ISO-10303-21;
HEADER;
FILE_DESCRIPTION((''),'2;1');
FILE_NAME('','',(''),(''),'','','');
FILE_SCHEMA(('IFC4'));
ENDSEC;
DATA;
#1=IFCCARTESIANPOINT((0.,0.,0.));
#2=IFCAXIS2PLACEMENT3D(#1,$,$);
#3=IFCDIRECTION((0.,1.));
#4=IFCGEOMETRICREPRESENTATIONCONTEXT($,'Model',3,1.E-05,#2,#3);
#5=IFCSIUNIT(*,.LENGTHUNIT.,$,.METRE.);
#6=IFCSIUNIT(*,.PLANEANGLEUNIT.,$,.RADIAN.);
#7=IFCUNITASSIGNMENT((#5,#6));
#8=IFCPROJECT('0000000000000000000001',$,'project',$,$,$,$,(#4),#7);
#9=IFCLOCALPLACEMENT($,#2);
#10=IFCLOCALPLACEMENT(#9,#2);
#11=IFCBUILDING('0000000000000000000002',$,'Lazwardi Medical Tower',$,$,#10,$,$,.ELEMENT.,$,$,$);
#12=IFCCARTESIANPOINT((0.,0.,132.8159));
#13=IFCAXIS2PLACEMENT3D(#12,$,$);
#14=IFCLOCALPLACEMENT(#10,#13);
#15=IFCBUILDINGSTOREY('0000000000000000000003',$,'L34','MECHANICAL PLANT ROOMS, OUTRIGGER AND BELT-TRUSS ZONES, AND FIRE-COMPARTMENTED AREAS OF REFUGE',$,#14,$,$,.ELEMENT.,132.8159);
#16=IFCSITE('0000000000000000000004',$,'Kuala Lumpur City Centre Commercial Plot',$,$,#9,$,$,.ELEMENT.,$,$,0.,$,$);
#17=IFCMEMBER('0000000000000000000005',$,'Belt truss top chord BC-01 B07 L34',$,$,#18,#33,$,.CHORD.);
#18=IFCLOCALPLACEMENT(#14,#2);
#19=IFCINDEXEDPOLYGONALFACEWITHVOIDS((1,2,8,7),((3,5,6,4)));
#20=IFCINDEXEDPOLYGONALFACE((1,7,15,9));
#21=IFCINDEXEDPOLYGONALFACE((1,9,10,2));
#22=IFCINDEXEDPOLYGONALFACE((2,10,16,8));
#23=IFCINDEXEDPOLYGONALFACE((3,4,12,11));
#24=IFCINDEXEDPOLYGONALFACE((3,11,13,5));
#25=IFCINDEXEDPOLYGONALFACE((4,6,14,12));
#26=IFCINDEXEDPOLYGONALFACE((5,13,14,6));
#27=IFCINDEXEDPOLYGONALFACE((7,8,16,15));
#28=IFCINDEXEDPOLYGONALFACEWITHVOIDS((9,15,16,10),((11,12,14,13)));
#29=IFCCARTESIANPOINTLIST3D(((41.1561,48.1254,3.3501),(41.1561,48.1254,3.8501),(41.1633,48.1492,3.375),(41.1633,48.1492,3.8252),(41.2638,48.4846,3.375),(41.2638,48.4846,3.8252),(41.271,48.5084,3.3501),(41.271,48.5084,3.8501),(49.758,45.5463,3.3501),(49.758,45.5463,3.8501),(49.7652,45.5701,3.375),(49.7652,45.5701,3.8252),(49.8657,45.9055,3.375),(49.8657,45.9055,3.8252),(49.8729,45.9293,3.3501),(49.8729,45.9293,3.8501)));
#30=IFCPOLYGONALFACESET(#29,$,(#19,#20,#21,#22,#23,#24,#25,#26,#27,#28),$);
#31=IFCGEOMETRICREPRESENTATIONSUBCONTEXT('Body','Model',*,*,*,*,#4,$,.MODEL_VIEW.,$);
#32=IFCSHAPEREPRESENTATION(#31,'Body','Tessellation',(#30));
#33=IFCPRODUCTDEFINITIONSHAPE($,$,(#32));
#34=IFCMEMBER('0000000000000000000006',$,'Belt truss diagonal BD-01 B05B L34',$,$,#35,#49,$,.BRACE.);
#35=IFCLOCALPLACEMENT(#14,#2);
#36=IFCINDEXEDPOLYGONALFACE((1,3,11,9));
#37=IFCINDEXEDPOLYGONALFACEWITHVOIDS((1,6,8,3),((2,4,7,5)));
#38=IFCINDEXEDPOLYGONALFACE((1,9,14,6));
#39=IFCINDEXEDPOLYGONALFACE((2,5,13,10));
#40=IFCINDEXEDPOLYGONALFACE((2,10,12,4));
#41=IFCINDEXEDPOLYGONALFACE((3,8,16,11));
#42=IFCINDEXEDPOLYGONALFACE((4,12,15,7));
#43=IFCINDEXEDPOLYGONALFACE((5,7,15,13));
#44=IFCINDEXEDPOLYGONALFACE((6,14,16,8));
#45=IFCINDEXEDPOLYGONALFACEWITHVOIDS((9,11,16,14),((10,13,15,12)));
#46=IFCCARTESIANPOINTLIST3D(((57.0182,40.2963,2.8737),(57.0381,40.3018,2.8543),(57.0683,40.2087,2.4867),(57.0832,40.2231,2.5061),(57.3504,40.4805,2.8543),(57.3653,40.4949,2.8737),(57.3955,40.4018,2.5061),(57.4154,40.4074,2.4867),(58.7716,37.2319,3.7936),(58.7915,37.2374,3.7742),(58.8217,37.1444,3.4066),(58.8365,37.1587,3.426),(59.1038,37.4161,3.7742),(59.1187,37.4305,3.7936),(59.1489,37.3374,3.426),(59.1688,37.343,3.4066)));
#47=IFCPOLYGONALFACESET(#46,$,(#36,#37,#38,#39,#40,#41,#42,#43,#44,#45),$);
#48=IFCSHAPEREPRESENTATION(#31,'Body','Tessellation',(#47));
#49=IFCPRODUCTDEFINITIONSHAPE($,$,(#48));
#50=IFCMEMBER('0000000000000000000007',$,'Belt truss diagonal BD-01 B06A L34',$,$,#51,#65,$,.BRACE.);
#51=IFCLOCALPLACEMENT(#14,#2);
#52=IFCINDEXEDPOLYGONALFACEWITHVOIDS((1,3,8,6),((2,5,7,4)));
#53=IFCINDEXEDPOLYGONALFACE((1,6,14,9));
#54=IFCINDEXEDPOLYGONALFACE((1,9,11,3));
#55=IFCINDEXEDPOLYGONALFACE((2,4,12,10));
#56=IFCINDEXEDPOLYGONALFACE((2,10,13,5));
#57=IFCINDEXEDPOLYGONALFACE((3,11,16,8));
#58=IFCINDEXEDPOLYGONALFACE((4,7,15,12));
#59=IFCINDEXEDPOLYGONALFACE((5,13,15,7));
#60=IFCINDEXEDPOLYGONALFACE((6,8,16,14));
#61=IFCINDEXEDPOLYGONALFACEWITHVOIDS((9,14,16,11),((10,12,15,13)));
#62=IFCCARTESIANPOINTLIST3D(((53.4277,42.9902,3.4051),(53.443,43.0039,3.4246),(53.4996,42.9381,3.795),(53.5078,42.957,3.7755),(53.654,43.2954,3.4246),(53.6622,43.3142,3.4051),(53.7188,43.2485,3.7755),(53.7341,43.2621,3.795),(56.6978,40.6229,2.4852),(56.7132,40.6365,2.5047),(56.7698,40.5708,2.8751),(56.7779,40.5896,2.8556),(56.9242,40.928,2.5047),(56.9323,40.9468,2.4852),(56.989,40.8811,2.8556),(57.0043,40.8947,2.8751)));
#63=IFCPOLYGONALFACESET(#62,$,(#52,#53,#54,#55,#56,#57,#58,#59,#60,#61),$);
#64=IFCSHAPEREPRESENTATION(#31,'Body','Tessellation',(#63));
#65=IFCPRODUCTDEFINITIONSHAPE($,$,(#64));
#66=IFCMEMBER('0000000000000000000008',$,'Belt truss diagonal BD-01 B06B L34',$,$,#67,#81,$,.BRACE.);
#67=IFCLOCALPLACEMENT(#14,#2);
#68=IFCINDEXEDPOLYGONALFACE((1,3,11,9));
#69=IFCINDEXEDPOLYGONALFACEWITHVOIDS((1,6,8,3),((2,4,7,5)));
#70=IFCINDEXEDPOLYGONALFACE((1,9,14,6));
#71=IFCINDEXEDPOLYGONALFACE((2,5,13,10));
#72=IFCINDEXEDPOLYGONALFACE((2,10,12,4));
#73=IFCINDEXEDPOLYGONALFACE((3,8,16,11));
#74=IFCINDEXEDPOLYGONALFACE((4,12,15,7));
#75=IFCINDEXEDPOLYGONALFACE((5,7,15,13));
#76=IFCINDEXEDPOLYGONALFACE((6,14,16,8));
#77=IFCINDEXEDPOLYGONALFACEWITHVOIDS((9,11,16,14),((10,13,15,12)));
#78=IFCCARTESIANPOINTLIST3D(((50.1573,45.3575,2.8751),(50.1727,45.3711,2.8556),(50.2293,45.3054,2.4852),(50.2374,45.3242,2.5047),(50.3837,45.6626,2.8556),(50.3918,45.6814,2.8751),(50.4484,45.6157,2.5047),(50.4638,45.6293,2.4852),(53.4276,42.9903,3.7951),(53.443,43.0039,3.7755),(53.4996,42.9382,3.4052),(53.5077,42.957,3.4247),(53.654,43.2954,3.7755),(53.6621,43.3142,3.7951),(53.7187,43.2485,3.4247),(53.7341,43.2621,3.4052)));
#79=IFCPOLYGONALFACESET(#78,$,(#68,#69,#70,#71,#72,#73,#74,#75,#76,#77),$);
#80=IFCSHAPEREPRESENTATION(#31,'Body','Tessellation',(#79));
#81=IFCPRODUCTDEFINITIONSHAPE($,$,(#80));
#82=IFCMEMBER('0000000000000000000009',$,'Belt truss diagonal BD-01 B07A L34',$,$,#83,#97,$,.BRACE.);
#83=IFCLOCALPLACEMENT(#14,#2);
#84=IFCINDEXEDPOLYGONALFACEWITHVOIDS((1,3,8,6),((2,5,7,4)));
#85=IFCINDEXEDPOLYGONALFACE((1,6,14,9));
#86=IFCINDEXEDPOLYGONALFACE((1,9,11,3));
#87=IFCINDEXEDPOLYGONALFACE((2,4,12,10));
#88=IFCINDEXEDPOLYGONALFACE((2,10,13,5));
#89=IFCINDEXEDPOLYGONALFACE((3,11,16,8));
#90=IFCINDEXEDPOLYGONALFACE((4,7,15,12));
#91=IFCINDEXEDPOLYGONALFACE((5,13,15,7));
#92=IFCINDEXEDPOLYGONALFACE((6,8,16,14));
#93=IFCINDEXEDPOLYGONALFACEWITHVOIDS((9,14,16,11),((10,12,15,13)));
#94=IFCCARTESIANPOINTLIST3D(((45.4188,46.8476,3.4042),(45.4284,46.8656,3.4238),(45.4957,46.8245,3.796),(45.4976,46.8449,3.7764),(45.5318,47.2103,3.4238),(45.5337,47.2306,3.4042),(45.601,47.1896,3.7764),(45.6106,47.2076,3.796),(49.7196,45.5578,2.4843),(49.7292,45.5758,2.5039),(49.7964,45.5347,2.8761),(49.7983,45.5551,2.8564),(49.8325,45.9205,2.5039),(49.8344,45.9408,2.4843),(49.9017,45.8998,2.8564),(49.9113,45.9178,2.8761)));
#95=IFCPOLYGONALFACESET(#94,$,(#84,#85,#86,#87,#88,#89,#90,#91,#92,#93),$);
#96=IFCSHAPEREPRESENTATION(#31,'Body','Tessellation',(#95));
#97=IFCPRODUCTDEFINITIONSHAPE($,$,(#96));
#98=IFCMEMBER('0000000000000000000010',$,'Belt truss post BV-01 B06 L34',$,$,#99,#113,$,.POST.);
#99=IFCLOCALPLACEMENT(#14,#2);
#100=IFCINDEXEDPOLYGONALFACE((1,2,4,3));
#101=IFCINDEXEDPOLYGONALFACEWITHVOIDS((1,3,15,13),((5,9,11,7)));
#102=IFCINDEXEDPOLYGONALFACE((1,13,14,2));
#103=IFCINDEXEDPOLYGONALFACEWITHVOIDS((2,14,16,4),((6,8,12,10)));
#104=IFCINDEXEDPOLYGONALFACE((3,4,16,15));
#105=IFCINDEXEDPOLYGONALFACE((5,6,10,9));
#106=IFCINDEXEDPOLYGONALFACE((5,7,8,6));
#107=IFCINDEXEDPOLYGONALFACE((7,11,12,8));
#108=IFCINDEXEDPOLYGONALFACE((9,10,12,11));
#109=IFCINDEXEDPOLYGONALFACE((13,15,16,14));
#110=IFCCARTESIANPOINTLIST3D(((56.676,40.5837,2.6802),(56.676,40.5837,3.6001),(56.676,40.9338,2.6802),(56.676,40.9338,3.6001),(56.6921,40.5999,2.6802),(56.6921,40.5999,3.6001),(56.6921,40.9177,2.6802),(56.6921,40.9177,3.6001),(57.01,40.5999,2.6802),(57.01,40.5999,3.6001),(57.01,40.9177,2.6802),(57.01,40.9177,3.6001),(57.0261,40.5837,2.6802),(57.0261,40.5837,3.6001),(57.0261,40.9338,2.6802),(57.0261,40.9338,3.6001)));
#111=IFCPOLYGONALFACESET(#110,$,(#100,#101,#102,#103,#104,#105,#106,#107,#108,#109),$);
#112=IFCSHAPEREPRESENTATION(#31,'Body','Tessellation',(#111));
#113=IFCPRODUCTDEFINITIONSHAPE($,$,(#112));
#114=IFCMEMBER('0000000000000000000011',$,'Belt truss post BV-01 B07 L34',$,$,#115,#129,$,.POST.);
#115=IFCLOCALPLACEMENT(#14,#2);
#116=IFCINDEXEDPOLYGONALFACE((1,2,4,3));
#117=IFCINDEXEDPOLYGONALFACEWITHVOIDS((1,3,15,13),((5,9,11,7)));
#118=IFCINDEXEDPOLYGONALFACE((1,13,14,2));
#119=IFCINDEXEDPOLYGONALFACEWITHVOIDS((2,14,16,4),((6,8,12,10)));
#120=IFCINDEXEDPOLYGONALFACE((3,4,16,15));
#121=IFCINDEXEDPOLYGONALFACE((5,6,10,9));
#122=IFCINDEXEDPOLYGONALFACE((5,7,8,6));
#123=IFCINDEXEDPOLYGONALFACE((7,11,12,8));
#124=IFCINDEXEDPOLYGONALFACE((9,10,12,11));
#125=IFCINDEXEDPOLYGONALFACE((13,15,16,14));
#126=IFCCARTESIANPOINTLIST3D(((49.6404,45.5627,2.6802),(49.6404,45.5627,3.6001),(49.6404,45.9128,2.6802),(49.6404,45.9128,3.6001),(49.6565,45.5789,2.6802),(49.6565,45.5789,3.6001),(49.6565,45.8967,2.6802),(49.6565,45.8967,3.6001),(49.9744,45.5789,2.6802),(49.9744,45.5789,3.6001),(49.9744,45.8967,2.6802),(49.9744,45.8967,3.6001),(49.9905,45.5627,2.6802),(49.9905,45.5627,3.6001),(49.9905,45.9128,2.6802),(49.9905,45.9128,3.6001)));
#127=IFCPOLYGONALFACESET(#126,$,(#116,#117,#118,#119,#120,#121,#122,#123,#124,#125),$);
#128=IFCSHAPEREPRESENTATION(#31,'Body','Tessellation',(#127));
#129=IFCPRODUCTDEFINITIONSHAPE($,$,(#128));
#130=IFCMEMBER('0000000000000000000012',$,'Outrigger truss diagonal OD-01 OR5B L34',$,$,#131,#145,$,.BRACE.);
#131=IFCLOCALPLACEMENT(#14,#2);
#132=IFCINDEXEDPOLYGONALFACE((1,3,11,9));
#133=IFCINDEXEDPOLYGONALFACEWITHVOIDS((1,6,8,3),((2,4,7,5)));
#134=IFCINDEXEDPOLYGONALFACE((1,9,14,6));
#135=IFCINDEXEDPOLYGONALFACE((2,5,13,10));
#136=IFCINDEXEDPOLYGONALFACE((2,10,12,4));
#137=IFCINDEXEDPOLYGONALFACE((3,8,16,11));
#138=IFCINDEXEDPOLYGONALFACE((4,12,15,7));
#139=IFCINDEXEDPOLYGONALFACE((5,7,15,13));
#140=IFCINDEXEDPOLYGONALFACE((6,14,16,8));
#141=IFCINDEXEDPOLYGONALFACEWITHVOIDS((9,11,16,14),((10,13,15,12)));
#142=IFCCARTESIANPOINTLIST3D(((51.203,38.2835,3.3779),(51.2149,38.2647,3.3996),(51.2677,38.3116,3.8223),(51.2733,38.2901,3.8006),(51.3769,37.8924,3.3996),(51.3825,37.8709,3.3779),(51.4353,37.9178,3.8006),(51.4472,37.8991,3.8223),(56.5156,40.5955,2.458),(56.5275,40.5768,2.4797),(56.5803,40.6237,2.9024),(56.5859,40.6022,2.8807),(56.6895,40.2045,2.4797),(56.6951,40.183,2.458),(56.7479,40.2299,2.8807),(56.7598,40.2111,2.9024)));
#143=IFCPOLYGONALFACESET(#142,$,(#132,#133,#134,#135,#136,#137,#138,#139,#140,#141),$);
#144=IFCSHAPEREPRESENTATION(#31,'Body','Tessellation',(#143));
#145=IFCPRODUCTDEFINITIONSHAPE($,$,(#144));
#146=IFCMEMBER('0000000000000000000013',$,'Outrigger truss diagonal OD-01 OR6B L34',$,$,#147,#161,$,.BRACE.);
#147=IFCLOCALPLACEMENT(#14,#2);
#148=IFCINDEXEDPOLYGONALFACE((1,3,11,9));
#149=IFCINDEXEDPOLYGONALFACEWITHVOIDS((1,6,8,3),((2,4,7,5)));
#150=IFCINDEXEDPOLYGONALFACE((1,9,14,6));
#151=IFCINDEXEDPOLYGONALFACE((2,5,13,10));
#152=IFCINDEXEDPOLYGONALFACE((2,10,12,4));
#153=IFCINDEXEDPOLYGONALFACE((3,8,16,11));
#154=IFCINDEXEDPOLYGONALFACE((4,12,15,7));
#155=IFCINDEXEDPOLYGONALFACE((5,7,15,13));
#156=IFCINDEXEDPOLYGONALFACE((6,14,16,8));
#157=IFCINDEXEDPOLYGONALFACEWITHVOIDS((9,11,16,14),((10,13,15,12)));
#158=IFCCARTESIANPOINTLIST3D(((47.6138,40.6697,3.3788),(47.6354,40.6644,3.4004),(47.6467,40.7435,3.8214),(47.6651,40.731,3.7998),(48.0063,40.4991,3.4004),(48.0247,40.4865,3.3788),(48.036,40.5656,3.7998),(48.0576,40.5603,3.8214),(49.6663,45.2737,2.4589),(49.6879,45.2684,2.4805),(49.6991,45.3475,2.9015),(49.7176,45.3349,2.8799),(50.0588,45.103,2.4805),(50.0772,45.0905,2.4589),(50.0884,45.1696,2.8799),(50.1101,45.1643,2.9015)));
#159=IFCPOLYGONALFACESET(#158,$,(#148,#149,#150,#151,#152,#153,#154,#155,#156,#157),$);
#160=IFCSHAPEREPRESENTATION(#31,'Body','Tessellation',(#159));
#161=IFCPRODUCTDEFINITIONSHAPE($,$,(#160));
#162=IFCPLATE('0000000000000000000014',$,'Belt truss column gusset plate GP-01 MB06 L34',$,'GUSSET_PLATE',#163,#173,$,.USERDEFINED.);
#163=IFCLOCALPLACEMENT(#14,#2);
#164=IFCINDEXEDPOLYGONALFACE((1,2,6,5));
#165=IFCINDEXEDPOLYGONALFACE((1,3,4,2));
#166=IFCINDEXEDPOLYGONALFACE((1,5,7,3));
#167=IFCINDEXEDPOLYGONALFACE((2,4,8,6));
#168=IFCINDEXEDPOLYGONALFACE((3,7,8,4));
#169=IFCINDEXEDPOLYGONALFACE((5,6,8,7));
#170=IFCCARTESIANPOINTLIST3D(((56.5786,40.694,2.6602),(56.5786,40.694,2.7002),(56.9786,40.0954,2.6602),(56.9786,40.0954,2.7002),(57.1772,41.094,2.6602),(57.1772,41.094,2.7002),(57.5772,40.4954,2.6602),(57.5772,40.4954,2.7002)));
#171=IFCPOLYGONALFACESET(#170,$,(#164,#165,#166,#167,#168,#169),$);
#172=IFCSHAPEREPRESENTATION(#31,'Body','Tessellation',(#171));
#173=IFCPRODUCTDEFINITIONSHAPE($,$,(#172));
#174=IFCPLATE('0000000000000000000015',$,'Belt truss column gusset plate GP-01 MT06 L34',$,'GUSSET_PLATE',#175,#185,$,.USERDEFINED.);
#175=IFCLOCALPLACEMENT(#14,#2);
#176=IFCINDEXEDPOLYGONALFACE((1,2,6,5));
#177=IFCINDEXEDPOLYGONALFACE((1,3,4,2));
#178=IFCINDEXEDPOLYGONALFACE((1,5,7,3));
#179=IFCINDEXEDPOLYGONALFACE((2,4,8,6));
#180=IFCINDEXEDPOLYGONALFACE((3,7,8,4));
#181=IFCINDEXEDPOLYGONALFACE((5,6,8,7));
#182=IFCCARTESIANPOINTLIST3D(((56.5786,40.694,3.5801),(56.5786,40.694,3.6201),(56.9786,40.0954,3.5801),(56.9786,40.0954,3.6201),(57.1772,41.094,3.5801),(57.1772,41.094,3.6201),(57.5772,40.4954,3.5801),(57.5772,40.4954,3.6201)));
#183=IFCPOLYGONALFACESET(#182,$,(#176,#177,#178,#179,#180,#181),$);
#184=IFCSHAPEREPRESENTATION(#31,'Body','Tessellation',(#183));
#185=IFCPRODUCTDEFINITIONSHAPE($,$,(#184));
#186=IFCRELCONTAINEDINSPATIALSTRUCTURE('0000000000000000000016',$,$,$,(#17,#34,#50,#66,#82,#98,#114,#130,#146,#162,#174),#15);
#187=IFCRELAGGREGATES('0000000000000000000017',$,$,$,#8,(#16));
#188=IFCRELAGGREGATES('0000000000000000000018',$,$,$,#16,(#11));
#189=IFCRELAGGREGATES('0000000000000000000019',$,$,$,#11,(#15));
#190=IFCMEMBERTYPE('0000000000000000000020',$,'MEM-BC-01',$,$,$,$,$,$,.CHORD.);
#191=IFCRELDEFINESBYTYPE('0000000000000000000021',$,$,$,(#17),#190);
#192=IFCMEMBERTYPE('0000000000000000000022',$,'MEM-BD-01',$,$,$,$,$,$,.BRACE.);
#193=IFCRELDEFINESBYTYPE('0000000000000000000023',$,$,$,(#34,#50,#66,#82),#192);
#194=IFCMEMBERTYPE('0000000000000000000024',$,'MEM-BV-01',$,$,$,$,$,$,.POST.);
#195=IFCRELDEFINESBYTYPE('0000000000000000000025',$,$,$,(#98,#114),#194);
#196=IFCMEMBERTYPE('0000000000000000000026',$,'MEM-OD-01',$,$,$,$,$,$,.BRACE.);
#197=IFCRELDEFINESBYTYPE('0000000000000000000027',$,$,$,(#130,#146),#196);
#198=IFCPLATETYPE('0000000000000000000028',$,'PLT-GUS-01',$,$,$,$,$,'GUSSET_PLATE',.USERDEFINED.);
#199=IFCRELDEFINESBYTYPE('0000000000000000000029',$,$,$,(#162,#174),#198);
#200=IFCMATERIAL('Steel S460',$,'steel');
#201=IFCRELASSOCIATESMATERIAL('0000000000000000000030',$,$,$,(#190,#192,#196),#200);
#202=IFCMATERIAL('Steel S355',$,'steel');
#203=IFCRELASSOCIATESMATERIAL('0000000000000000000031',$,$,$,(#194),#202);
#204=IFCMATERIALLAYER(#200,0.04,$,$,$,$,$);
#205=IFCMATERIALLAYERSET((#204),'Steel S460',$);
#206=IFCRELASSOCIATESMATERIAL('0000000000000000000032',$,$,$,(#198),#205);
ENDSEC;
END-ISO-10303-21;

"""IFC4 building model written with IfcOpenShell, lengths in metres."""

from ifc_helpers import new_model, si_unit, direction, frame, origin, origin_2d, place, context, subcontext, project, spatial, rectangle, hollow_rectangle, extrude, material, layer, layer_set, material_profile, profile_set, type_object, element, save


model = new_model("IFC4")

# Units and contexts
model_context = context("Model", 3, precision=1e-05, world=origin(), true_north=direction((0.0, 1.0)))
body_context = subcontext(model_context, "Body", "Model", "MODEL_VIEW")
ifc_project = project(units=[si_unit("LENGTHUNIT", "METRE"), si_unit("PLANEANGLEUNIT", "RADIAN")], contexts=[model_context])

# Site, building, storey
site_placement = place(None, origin())
site = spatial("IfcSite", under=ifc_project, at=site_placement, Name="Kuala Lumpur City Centre Commercial Plot", CompositionType="ELEMENT", RefElevation=0.0)
building_placement = place(site_placement, origin())
building = spatial("IfcBuilding", under=site, at=building_placement, Name="Lazwardi Medical Tower", CompositionType="ELEMENT")
storey_placement = place(building_placement, frame((0.0, 0.0, 132.8159)))
storey = spatial("IfcBuildingStorey", under=building, at=storey_placement, Name="L34", Description="MECHANICAL PLANT ROOMS, OUTRIGGER AND BELT-TRUSS ZONES, AND FIRE-COMPARTMENTED AREAS OF REFUGE", CompositionType="ELEMENT", Elevation=132.8159)

# Shared definitions
ifc_material_1 = material(Name="Steel S355", Category="steel")
ifc_material_2 = material(Name="Steel S460", Category="steel")

# Members
ifc_material_profile_1 = material_profile(ifc_material_2, hollow_rectangle(XDim=0.3999, YDim=0.5, WallThickness=0.0249, at=origin_2d()), Name="RHS 500x400x25")
ifc_profile_set_1 = profile_set([ifc_material_profile_1], Name="Steel S460")
member_type_1 = type_object("IfcMemberType", Name="MEM-BC-01", PredefinedType="CHORD", material=ifc_profile_set_1)
for number, where, z_axis, x_axis, name in (
    (1, (49.8154, 45.7378, 3.6001), (-0.95787, 0.287201, 0.0), (-0.287201, -0.95787, 0.0), "Belt truss top chord BC-01 B07 L34"),
):
    element("IfcMember", number, at=place(storey_placement, frame(where, z_axis=z_axis, x_axis=x_axis)), inside=storey, type_object=member_type_1, Name=name, PredefinedType="CHORD", context=body_context, shape_type="SweptSolid", body=[
        extrude(hollow_rectangle(XDim=0.3999, YDim=0.5, WallThickness=0.0249, at=origin_2d()), origin(), (0.0, 0.0, 1.0), 8.9802),
    ])
ifc_material_profile_2 = material_profile(ifc_material_2, hollow_rectangle(XDim=0.3999, YDim=0.3999, WallThickness=0.02, at=origin_2d()), Name="RHS 400x400x20")
ifc_profile_set_2 = profile_set([ifc_material_profile_2], Name="Steel S460")
member_type_2 = type_object("IfcMemberType", Name="MEM-BD-01", PredefinedType="BRACE", material=ifc_profile_set_2)
member_1_placement = place(storey_placement, frame((57.2168, 40.3518, 2.6802), z_axis=(0.480585, -0.83992, 0.252137), x_axis=(0.867962, 0.49663, 0.0)))
element("IfcMember", 2, at=member_1_placement, inside=storey, type_object=member_type_2, Name="Belt truss diagonal BD-01 B05B L34", PredefinedType="BRACE", context=body_context, shape_type="SweptSolid", body=[
    extrude(hollow_rectangle(XDim=0.3999, YDim=0.3999, WallThickness=0.02, at=origin_2d()), origin(), (0.0, 0.0, 1.0), 3.6484),
])
for number, where, z_axis, x_axis, name in (
    (3, (56.8511, 40.7588, 2.6802), (-0.78978, 0.571743, 0.222164), (-0.586398, -0.810023, 0.0), "Belt truss diagonal BD-01 B06A L34"),
    (4, (50.3105, 45.4934, 2.6802), (0.789807, -0.571703, 0.222172), (0.586358, 0.810052, 0.0), "Belt truss diagonal BD-01 B06B L34"),
):
    element("IfcMember", number, at=place(storey_placement, frame(where, z_axis=z_axis, x_axis=x_axis)), inside=storey, type_object=member_type_2, Name=name, PredefinedType="BRACE", context=body_context, shape_type="SweptSolid", body=[
        extrude(hollow_rectangle(XDim=0.3999, YDim=0.3999, WallThickness=0.02, at=origin_2d()), origin(), (0.0, 0.0, 1.0), 4.1406),
    ])
member_2_placement = place(storey_placement, frame((49.8154, 45.7378, 2.6802), z_axis=(-0.938361, 0.281412, 0.200712), x_axis=(-0.287258, -0.957853, 0.0)))
element("IfcMember", 5, at=member_2_placement, inside=storey, type_object=member_type_2, Name="Belt truss diagonal BD-01 B07A L34", PredefinedType="BRACE", context=body_context, shape_type="SweptSolid", body=[
    extrude(hollow_rectangle(XDim=0.3999, YDim=0.3999, WallThickness=0.02, at=origin_2d()), origin(), (0.0, 0.0, 1.0), 4.5833),
])
ifc_material_profile_3 = material_profile(ifc_material_1, hollow_rectangle(XDim=0.3501, YDim=0.3501, WallThickness=0.0161, at=origin_2d()), Name="RHS 350x350x16")
ifc_profile_set_3 = profile_set([ifc_material_profile_3], Name="Steel S355")
member_type_3 = type_object("IfcMemberType", Name="MEM-BV-01", PredefinedType="POST", material=ifc_profile_set_3)
for number, where, z_axis, x_axis, name in (
    (6, (56.8511, 40.7588, 2.6802), (0.0, 0.0, 1.0), (1.0, 0.0, 0.0), "Belt truss post BV-01 B06 L34"),
    (7, (49.8154, 45.7378, 2.6802), (0.0, 0.0, 1.0), (1.0, 0.0, 0.0), "Belt truss post BV-01 B07 L34"),
):
    element("IfcMember", number, at=place(storey_placement, frame(where, z_axis=z_axis, x_axis=x_axis)), inside=storey, type_object=member_type_3, Name=name, PredefinedType="POST", context=body_context, shape_type="SweptSolid", body=[
        extrude(hollow_rectangle(XDim=0.3501, YDim=0.3501, WallThickness=0.0161, at=origin_2d()), origin(), (0.0, 0.0, 1.0), 0.9199),
    ])
ifc_material_profile_4 = material_profile(ifc_material_2, hollow_rectangle(XDim=0.45, YDim=0.45, WallThickness=0.022, at=origin_2d()), Name="RHS 450x450x22")
ifc_profile_set_4 = profile_set([ifc_material_profile_4], Name="Steel S460")
member_type_4 = type_object("IfcMemberType", Name="MEM-OD-01", PredefinedType="BRACE", material=ifc_profile_set_4)
member_3_placement = place(storey_placement, frame((56.6377, 40.4033, 2.6802), z_axis=(-0.905585, -0.394113, 0.156813), x_axis=(0.39905, -0.916929, 0.0)))
element("IfcMember", 8, at=member_3_placement, inside=storey, type_object=member_type_4, Name="Outrigger truss diagonal OD-01 OR5B L34", PredefinedType="BRACE", context=body_context, shape_type="SweptSolid", body=[
    extrude(hollow_rectangle(XDim=0.45, YDim=0.45, WallThickness=0.022, at=origin_2d()), origin(), (0.0, 0.0, 1.0), 5.8665),
])
member_4_placement = place(storey_placement, frame((49.8882, 45.219, 2.6802), z_axis=(-0.400561, -0.89851, 0.17953), x_axis=(0.91335, -0.407176, 0.0)))
element("IfcMember", 9, at=member_4_placement, inside=storey, type_object=member_type_4, Name="Outrigger truss diagonal OD-01 OR6B L34", PredefinedType="BRACE", context=body_context, shape_type="SweptSolid", body=[
    extrude(hollow_rectangle(XDim=0.45, YDim=0.45, WallThickness=0.022, at=origin_2d()), origin(), (0.0, 0.0, 1.0), 5.124),
])

# Plates
ifc_layer = layer(ifc_material_2, 0.04)
ifc_layer_set = layer_set([ifc_layer], Name="Steel S460")
plate_type = type_object("IfcPlateType", Name="PLT-GUS-01", ElementType="GUSSET_PLATE", PredefinedType="USERDEFINED", material=ifc_layer_set)
for number, where, z_axis, x_axis, name in (
    (10, (57.0779, 40.5947, 2.6602), (0.0, 0.0, 1.0), (0.83147, 0.55557, 0.0), "Belt truss column gusset plate GP-01 MB06 L34"),
    (11, (57.0779, 40.5947, 3.5801), (0.0, 0.0, 1.0), (0.83147, 0.55557, 0.0), "Belt truss column gusset plate GP-01 MT06 L34"),
):
    element("IfcPlate", number, at=place(storey_placement, frame(where, z_axis=z_axis, x_axis=x_axis)), inside=storey, type_object=plate_type, Name=name, ObjectType="GUSSET_PLATE", PredefinedType="USERDEFINED", context=body_context, shape_type="SweptSolid", body=[
        extrude(rectangle(XDim=0.72, YDim=0.72, at=origin_2d()), origin(), (0.0, 0.0, 1.0), 0.04),
    ])

save(model, "model.ifc")
